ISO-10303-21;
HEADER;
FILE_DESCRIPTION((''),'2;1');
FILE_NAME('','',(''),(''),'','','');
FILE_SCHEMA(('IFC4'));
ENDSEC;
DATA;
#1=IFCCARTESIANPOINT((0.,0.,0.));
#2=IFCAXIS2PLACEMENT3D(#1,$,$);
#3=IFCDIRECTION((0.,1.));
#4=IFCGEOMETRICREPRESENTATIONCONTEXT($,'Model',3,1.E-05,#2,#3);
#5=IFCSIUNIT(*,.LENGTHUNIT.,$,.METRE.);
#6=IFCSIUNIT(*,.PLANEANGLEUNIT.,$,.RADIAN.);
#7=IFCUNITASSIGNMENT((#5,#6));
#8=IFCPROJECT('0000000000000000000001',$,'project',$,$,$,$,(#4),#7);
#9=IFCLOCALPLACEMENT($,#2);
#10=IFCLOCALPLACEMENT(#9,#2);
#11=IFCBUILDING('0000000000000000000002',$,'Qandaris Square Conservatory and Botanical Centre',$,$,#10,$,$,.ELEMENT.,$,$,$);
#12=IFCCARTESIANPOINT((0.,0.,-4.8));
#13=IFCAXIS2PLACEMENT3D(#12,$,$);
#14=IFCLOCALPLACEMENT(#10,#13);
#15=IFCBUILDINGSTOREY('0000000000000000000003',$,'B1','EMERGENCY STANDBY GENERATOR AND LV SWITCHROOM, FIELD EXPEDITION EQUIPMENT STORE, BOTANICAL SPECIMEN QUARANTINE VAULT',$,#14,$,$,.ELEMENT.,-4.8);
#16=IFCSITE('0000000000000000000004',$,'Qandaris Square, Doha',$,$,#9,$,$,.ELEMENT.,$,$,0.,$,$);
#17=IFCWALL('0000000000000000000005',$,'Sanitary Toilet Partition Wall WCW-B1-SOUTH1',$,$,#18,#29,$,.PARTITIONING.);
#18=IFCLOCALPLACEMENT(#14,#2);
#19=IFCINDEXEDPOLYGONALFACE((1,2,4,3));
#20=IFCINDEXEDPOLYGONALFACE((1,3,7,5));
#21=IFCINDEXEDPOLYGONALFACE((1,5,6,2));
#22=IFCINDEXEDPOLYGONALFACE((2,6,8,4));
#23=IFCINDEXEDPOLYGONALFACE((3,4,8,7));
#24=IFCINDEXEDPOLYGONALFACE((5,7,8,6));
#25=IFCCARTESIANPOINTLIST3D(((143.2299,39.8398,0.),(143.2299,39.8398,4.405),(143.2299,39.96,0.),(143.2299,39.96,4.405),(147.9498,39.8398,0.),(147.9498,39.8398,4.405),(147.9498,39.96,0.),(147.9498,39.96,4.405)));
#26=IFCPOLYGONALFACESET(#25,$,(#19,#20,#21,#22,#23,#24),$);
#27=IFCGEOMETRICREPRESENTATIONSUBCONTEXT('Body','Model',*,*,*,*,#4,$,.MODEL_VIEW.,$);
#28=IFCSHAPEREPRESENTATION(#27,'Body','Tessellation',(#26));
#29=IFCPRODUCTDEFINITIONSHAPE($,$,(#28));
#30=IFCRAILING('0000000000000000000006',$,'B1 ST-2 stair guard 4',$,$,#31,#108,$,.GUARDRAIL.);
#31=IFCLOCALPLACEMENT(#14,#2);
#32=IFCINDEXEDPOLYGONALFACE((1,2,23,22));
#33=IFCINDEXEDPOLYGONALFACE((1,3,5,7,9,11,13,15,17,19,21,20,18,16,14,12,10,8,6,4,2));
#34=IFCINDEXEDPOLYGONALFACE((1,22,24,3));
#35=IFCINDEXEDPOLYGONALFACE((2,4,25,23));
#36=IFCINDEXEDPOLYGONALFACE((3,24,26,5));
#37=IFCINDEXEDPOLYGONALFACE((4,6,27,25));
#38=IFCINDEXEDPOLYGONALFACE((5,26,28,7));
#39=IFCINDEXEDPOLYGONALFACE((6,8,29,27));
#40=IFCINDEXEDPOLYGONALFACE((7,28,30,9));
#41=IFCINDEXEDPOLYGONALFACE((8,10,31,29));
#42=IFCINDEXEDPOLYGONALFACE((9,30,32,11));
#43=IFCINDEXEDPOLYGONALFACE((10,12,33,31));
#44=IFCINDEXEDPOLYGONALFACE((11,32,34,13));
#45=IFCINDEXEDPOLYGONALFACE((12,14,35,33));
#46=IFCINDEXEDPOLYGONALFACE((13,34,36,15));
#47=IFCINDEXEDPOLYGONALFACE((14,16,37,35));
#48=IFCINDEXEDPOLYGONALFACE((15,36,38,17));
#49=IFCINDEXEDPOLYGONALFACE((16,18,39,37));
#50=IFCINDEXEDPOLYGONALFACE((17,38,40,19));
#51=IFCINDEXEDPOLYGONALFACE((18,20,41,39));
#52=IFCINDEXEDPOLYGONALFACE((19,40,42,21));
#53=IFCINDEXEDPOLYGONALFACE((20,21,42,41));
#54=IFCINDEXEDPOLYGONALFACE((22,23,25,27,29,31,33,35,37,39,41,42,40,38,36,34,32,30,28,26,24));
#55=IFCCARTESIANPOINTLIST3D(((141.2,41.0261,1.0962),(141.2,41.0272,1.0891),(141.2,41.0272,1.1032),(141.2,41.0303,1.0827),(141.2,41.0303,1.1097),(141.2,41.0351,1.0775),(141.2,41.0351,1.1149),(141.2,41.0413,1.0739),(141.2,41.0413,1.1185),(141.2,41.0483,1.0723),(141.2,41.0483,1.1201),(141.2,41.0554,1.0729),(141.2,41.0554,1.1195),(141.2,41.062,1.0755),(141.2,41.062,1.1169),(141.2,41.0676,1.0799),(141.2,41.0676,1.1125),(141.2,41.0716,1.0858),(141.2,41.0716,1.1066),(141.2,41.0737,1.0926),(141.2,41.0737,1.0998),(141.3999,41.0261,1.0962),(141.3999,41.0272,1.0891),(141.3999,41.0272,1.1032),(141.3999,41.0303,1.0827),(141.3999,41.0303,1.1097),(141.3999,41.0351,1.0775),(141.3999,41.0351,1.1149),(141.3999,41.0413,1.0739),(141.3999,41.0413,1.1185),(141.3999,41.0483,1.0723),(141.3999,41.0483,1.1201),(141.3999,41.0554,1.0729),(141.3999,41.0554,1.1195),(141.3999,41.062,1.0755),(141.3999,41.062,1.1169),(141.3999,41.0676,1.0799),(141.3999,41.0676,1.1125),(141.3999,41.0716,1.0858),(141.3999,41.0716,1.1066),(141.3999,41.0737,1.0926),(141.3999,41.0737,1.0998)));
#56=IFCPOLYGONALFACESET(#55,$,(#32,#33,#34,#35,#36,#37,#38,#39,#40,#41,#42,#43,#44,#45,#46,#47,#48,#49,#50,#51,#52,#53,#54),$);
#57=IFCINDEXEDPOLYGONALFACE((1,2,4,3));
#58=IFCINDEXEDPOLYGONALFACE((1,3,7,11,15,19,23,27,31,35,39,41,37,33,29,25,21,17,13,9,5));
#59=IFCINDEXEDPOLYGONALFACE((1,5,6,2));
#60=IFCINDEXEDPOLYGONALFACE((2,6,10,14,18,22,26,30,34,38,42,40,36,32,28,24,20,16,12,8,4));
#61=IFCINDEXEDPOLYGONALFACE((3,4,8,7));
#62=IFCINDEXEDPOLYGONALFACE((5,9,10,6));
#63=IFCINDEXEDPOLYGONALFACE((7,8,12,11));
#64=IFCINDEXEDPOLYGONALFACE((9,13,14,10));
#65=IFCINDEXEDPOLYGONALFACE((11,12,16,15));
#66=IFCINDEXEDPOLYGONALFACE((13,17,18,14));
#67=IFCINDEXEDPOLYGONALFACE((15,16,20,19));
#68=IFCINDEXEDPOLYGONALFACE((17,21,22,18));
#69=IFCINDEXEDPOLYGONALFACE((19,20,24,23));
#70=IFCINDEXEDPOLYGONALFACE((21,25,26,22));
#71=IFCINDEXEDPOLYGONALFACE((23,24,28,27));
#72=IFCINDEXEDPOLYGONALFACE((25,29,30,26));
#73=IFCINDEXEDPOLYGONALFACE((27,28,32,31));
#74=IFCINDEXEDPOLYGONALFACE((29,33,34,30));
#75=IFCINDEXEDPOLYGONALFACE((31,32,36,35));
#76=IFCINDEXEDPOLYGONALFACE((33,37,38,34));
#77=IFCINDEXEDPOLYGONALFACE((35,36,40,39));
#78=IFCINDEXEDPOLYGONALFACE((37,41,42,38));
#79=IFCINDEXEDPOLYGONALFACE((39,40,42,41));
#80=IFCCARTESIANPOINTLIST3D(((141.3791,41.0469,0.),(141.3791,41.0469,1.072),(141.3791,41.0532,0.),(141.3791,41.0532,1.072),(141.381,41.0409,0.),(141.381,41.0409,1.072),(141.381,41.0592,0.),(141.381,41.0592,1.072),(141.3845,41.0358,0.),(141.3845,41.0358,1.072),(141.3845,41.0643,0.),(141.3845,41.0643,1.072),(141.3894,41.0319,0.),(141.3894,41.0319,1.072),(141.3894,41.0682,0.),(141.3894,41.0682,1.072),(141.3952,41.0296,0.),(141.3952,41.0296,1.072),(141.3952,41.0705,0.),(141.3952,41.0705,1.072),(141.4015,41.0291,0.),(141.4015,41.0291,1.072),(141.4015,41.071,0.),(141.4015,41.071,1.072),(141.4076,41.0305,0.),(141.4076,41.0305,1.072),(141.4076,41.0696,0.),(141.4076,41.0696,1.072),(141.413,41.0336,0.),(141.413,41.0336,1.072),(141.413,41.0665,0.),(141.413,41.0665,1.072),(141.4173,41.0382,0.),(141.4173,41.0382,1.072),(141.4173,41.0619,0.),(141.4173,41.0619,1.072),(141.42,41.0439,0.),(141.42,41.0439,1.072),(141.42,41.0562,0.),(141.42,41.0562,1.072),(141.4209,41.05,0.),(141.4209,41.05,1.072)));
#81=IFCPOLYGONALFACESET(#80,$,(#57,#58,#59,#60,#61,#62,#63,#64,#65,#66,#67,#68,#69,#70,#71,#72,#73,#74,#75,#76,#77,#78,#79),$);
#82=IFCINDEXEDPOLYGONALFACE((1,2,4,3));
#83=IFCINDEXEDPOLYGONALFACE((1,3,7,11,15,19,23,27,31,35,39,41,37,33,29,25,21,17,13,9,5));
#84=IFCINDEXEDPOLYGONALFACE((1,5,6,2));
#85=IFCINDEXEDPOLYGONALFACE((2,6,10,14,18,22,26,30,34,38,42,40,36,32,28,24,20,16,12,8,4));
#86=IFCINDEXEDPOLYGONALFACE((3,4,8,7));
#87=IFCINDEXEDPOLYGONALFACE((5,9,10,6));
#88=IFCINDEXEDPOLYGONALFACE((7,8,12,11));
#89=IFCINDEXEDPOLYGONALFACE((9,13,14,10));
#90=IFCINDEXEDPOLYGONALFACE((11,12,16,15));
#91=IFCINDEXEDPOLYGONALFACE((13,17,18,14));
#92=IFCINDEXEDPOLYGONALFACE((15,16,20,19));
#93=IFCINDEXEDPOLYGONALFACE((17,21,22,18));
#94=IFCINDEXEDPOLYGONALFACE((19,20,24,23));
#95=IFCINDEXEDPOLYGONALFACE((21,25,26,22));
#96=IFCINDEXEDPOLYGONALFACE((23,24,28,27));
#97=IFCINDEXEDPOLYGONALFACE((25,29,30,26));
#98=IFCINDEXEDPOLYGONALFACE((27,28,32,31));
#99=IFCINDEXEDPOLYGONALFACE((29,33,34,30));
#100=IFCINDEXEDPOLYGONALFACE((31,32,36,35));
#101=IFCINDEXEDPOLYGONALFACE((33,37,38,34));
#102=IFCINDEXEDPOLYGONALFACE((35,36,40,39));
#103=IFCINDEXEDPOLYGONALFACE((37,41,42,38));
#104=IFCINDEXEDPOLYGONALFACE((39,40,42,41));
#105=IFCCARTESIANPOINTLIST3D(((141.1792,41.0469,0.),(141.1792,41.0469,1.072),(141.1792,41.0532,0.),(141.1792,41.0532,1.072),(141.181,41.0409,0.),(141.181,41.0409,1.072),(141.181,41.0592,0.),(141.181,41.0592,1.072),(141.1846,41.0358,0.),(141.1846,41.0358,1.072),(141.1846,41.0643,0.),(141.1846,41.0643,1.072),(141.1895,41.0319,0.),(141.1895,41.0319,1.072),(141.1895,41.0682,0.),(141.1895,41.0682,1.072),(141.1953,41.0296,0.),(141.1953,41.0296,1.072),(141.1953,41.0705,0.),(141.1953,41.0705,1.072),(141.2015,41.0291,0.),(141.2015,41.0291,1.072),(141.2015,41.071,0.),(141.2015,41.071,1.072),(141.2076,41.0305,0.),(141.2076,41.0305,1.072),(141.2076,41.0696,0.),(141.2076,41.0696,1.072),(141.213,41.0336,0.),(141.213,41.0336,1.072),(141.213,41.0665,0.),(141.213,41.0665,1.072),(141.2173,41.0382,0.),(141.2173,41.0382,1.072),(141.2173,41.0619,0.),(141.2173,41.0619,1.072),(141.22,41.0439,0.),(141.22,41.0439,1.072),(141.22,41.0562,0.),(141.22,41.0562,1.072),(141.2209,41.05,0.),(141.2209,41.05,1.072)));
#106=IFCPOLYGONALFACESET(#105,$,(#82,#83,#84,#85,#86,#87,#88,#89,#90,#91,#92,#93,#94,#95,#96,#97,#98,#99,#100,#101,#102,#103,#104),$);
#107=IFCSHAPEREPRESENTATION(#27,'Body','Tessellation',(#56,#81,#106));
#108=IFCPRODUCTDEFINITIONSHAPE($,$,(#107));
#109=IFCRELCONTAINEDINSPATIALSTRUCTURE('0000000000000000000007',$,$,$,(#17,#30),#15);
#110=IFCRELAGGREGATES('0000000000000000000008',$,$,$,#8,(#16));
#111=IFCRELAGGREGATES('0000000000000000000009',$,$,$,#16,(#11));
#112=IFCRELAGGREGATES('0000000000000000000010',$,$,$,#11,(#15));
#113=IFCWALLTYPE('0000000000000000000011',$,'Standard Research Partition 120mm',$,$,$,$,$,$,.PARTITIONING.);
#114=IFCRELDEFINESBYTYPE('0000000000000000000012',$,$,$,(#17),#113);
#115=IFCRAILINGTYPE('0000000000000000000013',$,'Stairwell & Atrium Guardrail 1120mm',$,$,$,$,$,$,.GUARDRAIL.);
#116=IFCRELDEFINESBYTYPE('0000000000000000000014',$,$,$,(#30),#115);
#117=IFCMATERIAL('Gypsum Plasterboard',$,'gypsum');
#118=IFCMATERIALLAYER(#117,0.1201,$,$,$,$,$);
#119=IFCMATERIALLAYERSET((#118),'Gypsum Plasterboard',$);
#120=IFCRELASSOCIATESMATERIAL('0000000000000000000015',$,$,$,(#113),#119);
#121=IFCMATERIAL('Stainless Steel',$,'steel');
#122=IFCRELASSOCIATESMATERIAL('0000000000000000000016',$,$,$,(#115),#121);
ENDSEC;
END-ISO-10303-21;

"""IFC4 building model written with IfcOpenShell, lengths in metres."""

from ifc_helpers import new_model, si_unit, direction, frame, frame_2d, origin, origin_2d, place, context, subcontext, project, spatial, rectangle, circle, extrude, material, layer, layer_set, type_object, element, save


model = new_model("IFC4")

# Units and contexts
model_context = context("Model", 3, precision=1e-05, world=origin(), true_north=direction((0.0, 1.0)))
body_context = subcontext(model_context, "Body", "Model", "MODEL_VIEW")
ifc_project = project(units=[si_unit("LENGTHUNIT", "METRE"), si_unit("PLANEANGLEUNIT", "RADIAN")], contexts=[model_context])

# Site, building, storey
site_placement = place(None, origin())
site = spatial("IfcSite", under=ifc_project, at=site_placement, Name="Qandaris Square, Doha", CompositionType="ELEMENT", RefElevation=0.0)
building_placement = place(site_placement, origin())
building = spatial("IfcBuilding", under=site, at=building_placement, Name="Qandaris Square Conservatory and Botanical Centre", CompositionType="ELEMENT")
storey_placement = place(building_placement, frame((0.0, 0.0, -4.8)))
storey = spatial("IfcBuildingStorey", under=building, at=storey_placement, Name="B1", Description="EMERGENCY STANDBY GENERATOR AND LV SWITCHROOM, FIELD EXPEDITION EQUIPMENT STORE, BOTANICAL SPECIMEN QUARANTINE VAULT", CompositionType="ELEMENT", Elevation=-4.8)

# Wall
ifc_material_1 = material(Name="Gypsum Plasterboard", Category="gypsum")
ifc_layer_1 = layer(ifc_material_1, 0.1201)
ifc_layer_set_1 = layer_set([ifc_layer_1], Name="Gypsum Plasterboard")
wall_type_1 = type_object("IfcWallType", Name="Standard Research Partition 120mm", PredefinedType="PARTITIONING", material=ifc_layer_set_1)
wall_1_placement = place(storey_placement, frame((143.23, 39.8999, 0.0), z_axis=(0.0, 0.0, 1.0), x_axis=(1.0, 0.0, 0.0)))
element("IfcWall", 1, at=wall_1_placement, inside=storey, type_object=wall_type_1, Name="Sanitary Toilet Partition Wall WCW-B1-SOUTH1", PredefinedType="PARTITIONING", context=body_context, shape_type="SweptSolid", body=[
    extrude(rectangle(XDim=4.72, YDim=0.1201, at=frame_2d((2.3599, 0.0))), origin(), (0.0, 0.0, 1.0), 4.405),
])

# Railing
ifc_material_2 = material(Name="Stainless Steel", Category="steel")
railing_type = type_object("IfcRailingType", Name="Stairwell & Atrium Guardrail 1120mm", PredefinedType="GUARDRAIL", material=ifc_material_2)
railing_placement = place(storey_placement, frame((141.3999, 41.05, 0.0)))
element("IfcRailing", 2, at=railing_placement, inside=storey, type_object=railing_type, Name="B1 ST-2 stair guard 4", PredefinedType="GUARDRAIL", context=body_context, shape_type="SweptSolid", body=[
    extrude(circle(Radius=0.0239, at=origin_2d()), frame((0.0, 0.0, 1.0962), z_axis=(-1.0, 0.0, 0.0), x_axis=(0.0, -1.0, 0.0)), (0.0, 0.0, 1.0), 0.2),
    extrude(circle(Radius=0.021, at=origin_2d()), origin(), (0.0, 0.0, 1.0), 1.072),
    extrude(circle(Radius=0.021, at=origin_2d()), frame((-0.2, 0.0, 0.0)), (0.0, 0.0, 1.0), 1.072),
])

save(model, "model.ifc")
